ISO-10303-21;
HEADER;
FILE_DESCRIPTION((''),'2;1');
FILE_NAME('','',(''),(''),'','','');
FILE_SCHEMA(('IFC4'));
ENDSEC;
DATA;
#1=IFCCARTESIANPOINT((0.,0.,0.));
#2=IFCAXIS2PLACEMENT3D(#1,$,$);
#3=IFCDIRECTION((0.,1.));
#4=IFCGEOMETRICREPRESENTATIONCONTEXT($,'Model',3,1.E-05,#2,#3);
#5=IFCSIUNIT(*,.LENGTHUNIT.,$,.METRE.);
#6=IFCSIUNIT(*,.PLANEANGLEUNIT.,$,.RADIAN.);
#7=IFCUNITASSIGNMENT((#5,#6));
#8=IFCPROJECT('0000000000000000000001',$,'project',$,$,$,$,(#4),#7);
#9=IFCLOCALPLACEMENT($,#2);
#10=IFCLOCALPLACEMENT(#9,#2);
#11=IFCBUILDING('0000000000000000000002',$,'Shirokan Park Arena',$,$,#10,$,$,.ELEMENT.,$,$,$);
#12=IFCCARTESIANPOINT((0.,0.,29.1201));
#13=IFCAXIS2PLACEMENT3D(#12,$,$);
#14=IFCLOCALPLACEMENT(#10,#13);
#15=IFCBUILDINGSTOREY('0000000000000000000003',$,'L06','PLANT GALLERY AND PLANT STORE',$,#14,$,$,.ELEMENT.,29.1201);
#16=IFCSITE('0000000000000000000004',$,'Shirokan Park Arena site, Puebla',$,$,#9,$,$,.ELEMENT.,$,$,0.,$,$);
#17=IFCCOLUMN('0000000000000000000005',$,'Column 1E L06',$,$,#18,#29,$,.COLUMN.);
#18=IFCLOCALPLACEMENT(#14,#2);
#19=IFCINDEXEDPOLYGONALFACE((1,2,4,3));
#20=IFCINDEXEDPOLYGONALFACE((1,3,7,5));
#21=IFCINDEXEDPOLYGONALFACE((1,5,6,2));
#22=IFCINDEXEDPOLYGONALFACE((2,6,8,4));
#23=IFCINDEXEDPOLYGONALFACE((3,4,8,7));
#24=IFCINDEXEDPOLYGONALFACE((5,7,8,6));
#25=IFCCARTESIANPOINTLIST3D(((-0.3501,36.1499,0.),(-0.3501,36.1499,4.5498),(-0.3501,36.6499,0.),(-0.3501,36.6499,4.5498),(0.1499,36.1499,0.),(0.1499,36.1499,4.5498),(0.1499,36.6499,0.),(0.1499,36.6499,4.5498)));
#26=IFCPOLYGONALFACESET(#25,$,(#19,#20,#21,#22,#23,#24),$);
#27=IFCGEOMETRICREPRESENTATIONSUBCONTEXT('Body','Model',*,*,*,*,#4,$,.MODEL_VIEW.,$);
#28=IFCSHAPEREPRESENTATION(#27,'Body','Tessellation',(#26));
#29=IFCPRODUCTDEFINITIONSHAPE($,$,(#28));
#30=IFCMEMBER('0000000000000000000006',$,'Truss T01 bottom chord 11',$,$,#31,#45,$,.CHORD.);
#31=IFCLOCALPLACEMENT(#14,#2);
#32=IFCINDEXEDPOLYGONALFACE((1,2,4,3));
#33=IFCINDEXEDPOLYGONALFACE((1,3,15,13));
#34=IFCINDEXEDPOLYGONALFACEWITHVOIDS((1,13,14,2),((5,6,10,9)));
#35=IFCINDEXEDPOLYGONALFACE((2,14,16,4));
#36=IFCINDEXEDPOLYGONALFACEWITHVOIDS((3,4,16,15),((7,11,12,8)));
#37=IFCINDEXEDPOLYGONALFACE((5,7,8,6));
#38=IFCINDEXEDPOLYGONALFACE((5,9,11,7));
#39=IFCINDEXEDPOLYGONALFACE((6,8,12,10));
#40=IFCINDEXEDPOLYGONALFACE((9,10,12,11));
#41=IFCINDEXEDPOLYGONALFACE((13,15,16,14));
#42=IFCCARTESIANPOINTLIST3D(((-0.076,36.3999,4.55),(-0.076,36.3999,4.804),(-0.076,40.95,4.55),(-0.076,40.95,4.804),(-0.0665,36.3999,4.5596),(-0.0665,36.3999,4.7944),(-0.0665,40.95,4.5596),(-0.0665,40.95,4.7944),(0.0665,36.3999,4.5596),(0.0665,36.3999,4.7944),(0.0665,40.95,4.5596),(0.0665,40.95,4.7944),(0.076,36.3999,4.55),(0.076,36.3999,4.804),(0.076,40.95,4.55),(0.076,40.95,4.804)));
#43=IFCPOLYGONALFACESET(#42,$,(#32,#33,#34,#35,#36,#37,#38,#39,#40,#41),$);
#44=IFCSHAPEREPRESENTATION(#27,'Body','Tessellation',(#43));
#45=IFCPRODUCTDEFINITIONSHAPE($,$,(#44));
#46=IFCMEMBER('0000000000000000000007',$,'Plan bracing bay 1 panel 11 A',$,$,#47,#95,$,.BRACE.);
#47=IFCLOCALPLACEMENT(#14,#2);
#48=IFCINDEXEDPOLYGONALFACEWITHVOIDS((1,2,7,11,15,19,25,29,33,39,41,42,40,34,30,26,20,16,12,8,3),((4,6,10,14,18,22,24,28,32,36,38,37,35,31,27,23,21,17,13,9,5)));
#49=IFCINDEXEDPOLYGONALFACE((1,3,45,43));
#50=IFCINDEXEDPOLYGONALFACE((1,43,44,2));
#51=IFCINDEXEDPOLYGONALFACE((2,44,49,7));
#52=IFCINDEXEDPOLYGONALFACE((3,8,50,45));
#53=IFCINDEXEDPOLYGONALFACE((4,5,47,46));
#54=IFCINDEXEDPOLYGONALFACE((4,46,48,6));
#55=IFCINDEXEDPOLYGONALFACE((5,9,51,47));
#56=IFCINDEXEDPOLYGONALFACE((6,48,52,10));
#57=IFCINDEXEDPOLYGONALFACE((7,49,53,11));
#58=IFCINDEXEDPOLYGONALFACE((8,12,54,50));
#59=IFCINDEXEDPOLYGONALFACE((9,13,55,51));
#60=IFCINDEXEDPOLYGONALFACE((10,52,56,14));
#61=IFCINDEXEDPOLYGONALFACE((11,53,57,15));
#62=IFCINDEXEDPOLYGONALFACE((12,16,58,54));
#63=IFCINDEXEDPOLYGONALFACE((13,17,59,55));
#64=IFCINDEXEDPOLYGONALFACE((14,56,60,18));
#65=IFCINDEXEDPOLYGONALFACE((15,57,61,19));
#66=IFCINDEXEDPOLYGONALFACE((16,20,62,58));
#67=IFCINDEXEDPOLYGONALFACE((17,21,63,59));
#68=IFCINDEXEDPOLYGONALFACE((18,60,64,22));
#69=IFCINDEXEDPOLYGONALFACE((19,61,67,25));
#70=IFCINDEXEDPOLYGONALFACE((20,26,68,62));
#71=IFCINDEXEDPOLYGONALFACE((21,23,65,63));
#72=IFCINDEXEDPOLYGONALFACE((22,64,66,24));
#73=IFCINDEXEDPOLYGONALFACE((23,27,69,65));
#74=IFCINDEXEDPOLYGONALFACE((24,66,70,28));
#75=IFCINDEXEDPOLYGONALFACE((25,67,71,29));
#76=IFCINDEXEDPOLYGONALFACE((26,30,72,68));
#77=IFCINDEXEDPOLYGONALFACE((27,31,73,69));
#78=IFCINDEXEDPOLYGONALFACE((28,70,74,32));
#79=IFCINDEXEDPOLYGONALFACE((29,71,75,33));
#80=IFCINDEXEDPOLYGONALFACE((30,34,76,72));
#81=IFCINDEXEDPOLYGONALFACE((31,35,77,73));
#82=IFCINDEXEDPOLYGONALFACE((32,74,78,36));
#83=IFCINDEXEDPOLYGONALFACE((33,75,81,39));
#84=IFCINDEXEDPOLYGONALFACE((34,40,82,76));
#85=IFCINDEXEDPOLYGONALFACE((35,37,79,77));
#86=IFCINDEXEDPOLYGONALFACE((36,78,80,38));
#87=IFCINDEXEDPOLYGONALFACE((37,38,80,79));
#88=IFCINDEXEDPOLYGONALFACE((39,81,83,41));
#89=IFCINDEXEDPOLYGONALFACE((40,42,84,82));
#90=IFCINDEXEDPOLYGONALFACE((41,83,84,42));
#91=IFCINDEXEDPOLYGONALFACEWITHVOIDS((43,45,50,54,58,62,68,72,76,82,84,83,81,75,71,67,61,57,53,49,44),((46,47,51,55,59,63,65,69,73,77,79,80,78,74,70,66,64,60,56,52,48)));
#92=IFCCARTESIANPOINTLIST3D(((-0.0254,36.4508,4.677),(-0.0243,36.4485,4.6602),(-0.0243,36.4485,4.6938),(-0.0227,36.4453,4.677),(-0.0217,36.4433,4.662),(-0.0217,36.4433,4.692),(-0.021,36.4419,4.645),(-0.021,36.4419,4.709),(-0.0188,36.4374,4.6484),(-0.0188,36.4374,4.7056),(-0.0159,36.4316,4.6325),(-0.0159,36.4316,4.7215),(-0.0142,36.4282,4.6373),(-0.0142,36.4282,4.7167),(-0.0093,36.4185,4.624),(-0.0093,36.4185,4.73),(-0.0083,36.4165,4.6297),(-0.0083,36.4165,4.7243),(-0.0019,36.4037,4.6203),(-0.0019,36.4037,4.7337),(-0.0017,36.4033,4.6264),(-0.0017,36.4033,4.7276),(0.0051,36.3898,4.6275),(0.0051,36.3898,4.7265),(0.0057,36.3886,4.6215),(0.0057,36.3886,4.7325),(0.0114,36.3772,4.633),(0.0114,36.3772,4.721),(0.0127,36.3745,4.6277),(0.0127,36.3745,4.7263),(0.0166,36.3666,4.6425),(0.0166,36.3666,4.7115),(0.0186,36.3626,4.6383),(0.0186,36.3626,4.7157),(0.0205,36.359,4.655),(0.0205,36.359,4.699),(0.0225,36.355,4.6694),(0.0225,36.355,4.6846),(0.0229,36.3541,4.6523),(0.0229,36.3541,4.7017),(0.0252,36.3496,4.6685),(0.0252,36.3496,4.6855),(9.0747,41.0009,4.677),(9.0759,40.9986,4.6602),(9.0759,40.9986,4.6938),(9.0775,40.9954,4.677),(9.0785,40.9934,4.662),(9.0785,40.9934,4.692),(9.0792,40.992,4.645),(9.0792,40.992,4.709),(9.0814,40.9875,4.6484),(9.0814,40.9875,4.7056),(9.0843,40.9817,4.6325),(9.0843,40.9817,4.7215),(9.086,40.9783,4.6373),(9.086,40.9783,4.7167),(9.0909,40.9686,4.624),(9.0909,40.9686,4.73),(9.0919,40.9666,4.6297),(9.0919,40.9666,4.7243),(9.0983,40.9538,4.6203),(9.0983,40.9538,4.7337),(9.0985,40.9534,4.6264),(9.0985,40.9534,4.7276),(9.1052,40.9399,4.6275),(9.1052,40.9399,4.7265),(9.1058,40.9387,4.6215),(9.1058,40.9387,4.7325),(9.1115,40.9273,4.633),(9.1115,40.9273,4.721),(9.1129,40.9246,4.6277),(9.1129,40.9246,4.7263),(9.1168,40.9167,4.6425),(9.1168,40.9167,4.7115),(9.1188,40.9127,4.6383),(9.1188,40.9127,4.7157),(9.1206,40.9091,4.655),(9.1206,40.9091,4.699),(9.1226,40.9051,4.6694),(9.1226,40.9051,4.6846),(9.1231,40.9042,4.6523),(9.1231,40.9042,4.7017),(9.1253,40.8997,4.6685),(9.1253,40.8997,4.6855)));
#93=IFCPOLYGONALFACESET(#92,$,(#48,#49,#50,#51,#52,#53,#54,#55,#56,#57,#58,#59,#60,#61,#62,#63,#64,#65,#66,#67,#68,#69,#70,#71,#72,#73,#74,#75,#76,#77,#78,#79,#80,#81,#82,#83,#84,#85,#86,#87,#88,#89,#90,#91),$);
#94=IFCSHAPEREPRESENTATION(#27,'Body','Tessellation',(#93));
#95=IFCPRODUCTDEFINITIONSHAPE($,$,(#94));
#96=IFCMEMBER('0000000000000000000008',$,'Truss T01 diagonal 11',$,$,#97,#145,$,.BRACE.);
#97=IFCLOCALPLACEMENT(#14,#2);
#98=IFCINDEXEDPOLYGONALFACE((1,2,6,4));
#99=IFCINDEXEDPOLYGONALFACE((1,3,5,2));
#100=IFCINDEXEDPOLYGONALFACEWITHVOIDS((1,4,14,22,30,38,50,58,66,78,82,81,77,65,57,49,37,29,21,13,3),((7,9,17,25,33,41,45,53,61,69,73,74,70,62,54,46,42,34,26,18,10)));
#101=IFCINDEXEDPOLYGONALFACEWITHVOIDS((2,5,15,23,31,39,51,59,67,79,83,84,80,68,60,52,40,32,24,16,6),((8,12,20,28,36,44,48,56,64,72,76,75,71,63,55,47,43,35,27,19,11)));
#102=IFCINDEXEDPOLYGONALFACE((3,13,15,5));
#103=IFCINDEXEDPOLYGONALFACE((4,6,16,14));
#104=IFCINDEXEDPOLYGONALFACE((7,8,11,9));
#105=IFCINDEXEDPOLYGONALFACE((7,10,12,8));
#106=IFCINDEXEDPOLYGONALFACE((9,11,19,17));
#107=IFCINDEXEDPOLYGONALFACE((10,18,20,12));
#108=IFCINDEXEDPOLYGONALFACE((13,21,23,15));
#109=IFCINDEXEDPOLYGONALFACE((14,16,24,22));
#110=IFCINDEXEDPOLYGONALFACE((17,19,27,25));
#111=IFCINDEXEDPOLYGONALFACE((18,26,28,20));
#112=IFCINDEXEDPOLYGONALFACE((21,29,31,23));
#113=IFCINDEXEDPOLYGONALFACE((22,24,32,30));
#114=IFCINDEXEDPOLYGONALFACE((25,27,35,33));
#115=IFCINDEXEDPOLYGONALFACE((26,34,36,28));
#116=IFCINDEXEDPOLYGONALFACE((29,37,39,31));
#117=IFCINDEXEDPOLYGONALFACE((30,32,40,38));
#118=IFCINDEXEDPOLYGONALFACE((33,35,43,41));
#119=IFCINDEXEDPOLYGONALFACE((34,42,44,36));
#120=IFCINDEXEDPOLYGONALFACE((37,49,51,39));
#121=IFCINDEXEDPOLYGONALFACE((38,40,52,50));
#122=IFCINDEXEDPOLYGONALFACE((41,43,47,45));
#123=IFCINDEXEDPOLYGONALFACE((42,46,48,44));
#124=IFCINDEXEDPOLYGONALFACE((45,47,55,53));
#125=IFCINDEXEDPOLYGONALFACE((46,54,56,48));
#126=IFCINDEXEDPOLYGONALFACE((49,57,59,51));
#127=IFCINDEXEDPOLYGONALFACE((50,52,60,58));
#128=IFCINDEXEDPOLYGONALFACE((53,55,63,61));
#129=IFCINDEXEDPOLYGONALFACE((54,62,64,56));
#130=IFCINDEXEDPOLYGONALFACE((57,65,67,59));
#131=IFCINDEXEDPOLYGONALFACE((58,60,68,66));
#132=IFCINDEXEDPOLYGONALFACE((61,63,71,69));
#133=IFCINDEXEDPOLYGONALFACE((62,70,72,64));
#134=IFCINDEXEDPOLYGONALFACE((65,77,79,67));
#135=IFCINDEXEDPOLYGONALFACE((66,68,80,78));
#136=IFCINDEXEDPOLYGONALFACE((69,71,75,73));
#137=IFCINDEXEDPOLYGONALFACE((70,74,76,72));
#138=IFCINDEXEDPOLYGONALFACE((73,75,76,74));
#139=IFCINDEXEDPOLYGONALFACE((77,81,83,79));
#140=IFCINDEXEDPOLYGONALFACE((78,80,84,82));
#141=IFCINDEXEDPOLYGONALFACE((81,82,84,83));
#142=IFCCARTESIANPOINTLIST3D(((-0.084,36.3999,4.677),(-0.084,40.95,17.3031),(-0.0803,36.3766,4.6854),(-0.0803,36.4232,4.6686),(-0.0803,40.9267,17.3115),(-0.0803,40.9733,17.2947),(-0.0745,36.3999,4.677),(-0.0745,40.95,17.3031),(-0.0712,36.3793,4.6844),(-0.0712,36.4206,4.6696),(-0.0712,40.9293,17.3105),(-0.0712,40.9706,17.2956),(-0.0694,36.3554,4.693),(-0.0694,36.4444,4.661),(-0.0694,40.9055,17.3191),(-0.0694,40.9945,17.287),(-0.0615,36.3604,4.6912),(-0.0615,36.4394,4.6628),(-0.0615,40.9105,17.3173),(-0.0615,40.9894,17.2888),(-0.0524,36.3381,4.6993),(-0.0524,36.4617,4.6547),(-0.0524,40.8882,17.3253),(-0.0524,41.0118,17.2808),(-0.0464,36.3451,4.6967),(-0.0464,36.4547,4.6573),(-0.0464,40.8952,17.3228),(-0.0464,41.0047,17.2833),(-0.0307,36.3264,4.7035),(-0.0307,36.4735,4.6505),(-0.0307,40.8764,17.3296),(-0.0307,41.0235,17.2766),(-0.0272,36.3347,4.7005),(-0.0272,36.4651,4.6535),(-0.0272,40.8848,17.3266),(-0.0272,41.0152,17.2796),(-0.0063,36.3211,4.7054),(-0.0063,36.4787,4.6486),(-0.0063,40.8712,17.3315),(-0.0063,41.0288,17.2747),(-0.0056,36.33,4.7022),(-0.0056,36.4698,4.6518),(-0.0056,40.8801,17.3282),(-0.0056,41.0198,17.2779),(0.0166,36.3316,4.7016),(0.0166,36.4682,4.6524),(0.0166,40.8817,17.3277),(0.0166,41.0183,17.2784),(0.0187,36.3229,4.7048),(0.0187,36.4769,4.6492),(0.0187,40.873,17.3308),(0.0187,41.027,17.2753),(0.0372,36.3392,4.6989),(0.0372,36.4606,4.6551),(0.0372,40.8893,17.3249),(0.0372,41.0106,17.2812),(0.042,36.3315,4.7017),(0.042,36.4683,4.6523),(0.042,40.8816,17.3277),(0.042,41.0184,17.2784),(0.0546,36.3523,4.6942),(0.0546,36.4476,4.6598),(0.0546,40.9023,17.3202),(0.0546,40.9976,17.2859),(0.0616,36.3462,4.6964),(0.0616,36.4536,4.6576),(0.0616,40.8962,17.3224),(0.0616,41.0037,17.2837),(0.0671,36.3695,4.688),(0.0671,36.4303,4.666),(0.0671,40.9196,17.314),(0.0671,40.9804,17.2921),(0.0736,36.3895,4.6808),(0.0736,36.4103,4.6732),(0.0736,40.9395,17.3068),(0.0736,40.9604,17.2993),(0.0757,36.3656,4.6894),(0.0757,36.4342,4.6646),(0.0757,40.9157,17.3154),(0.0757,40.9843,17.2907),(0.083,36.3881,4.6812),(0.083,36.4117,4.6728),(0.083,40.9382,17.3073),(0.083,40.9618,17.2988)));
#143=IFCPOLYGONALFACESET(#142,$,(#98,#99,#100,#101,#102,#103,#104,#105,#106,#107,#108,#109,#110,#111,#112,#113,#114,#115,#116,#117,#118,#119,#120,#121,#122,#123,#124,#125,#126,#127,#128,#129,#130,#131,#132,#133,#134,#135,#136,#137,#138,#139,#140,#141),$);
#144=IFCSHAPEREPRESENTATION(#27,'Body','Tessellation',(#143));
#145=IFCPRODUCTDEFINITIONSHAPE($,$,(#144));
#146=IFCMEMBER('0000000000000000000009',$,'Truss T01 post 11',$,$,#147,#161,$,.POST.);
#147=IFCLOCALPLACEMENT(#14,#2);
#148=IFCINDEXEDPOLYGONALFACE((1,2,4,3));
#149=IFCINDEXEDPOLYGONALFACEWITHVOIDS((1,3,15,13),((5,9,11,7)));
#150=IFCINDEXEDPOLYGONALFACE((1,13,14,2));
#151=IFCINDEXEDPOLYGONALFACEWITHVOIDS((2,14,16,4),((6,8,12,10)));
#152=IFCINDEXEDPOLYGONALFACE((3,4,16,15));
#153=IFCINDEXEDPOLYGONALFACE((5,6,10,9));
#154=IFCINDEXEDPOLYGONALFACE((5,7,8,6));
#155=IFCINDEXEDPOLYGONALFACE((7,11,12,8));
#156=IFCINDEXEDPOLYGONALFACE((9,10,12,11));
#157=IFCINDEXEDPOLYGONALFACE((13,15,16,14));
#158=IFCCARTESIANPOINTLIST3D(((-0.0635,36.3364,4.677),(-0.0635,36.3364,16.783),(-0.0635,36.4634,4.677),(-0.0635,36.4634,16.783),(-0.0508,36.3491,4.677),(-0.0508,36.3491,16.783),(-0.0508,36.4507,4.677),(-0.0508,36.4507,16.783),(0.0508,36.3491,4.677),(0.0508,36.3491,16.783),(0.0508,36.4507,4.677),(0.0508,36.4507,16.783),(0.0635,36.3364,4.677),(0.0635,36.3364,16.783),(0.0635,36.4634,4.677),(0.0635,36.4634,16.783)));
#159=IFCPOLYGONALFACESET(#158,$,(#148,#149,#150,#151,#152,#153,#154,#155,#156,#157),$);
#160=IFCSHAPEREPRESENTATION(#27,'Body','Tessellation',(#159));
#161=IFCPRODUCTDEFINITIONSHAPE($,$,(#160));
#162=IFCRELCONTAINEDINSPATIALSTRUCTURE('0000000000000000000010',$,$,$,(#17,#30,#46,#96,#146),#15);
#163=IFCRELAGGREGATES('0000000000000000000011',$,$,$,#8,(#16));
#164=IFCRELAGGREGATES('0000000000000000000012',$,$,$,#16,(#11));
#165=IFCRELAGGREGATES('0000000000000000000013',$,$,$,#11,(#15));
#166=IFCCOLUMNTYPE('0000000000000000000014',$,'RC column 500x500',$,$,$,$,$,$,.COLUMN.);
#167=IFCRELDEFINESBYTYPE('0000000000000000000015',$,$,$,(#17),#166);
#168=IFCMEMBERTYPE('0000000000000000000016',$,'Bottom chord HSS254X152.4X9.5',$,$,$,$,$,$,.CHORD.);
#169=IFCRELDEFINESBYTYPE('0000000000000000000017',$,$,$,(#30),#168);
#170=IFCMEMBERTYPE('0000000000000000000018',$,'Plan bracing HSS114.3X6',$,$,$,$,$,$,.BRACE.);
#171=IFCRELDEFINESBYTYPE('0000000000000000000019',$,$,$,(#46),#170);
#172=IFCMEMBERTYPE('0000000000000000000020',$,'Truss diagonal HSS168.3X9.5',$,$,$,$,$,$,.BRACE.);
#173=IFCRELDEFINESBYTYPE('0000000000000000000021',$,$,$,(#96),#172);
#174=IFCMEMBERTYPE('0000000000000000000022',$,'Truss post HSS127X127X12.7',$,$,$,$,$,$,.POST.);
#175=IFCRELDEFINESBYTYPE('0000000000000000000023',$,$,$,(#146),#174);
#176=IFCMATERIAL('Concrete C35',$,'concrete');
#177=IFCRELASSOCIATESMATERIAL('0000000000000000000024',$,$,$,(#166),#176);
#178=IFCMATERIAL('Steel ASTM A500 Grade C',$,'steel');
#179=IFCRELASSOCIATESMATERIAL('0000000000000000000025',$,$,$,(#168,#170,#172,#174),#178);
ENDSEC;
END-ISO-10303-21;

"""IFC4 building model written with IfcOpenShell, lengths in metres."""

from ifc_helpers import new_model, si_unit, direction, frame, origin, origin_2d, place, context, subcontext, project, spatial, rectangle, hollow_rectangle, hollow_circle, extrude, material, material_profile, profile_set, type_object, element, save


model = new_model("IFC4")

# Units and contexts
model_context = context("Model", 3, precision=1e-05, world=origin(), true_north=direction((0.0, 1.0)))
body_context = subcontext(model_context, "Body", "Model", "MODEL_VIEW")
ifc_project = project(units=[si_unit("LENGTHUNIT", "METRE"), si_unit("PLANEANGLEUNIT", "RADIAN")], contexts=[model_context])

# Site, building, storey
site_placement = place(None, origin())
site = spatial("IfcSite", under=ifc_project, at=site_placement, Name="Shirokan Park Arena site, Puebla", CompositionType="ELEMENT", RefElevation=0.0)
building_placement = place(site_placement, origin())
building = spatial("IfcBuilding", under=site, at=building_placement, Name="Shirokan Park Arena", CompositionType="ELEMENT")
storey_placement = place(building_placement, frame((0.0, 0.0, 29.1201)))
storey = spatial("IfcBuildingStorey", under=building, at=storey_placement, Name="L06", Description="PLANT GALLERY AND PLANT STORE", CompositionType="ELEMENT", Elevation=29.1201)

# Column
ifc_material_1 = material(Name="Concrete C35", Category="concrete")
ifc_material_profile_1 = material_profile(ifc_material_1, rectangle(XDim=0.5, YDim=0.5, at=origin_2d()), Name="500x500")
ifc_profile_set_1 = profile_set([ifc_material_profile_1], Name="Concrete C35")
column_type = type_object("IfcColumnType", Name="RC column 500x500", PredefinedType="COLUMN", material=ifc_profile_set_1)
column_placement = place(storey_placement, frame((-0.1001, 36.3999, 0.0), z_axis=(0.0, 0.0, 1.0), x_axis=(1.0, 0.0, 0.0)))
element("IfcColumn", 1, at=column_placement, inside=storey, type_object=column_type, Name="Column 1E L06", PredefinedType="COLUMN", context=body_context, shape_type="SweptSolid", body=[
    extrude(rectangle(XDim=0.5, YDim=0.5, at=origin_2d()), origin(), (0.0, 0.0, 1.0), 4.5498),
])

# Members
ifc_material_2 = material(Name="Steel ASTM A500 Grade C", Category="steel")
ifc_material_profile_2 = material_profile(ifc_material_2, hollow_rectangle(XDim=0.1521, YDim=0.2539, WallThickness=0.0095, at=origin_2d()), Name="HSS254X152.4X9.5")
ifc_profile_set_2 = profile_set([ifc_material_profile_2], Name="Steel ASTM A500 Grade C")
member_type_1 = type_object("IfcMemberType", Name="Bottom chord HSS254X152.4X9.5", PredefinedType="CHORD", material=ifc_profile_set_2)
member_1_placement = place(storey_placement, frame((0.0, 36.3999, 4.677), z_axis=(0.0, 1.0, 0.0), x_axis=(-1.0, 0.0, 0.0)))
element("IfcMember", 2, at=member_1_placement, inside=storey, type_object=member_type_1, Name="Truss T01 bottom chord 11", PredefinedType="CHORD", context=body_context, shape_type="SweptSolid", body=[
    extrude(hollow_rectangle(XDim=0.1521, YDim=0.2539, WallThickness=0.0095, at=origin_2d()), origin(), (0.0, 0.0, 1.0), 4.55),
])
ifc_material_profile_3 = material_profile(ifc_material_2, hollow_circle(Radius=0.0569, WallThickness=0.0061, at=origin_2d()), Name="HSS114.3X6")
ifc_profile_set_3 = profile_set([ifc_material_profile_3], Name="Steel ASTM A500 Grade C")
member_type_2 = type_object("IfcMemberType", Name="Plan bracing HSS114.3X6", PredefinedType="BRACE", material=ifc_profile_set_3)
member_2_placement = place(storey_placement, frame((0.0, 36.3999, 4.677), z_axis=(0.894427, 0.447214, 0.0), x_axis=(-0.447214, 0.894427, 0.0)))
element("IfcMember", 3, at=member_2_placement, inside=storey, type_object=member_type_2, Name="Plan bracing bay 1 panel 11 A", PredefinedType="BRACE", context=body_context, shape_type="SweptSolid", body=[
    extrude(hollow_circle(Radius=0.0569, WallThickness=0.0061, at=origin_2d()), origin(), (0.0, 0.0, 1.0), 10.1743),
])
ifc_material_profile_4 = material_profile(ifc_material_2, hollow_circle(Radius=0.084, WallThickness=0.0095, at=origin_2d()), Name="HSS168.3X9.5")
ifc_profile_set_4 = profile_set([ifc_material_profile_4], Name="Steel ASTM A500 Grade C")
member_type_3 = type_object("IfcMemberType", Name="Truss diagonal HSS168.3X9.5", PredefinedType="BRACE", material=ifc_profile_set_4)
member_3_placement = place(storey_placement, frame((0.0, 36.3999, 4.677), z_axis=(0.0, 0.339029, 0.940776), x_axis=(-1.0, 0.0, 0.0)))
element("IfcMember", 4, at=member_3_placement, inside=storey, type_object=member_type_3, Name="Truss T01 diagonal 11", PredefinedType="BRACE", context=body_context, shape_type="SweptSolid", body=[
    extrude(hollow_circle(Radius=0.084, WallThickness=0.0095, at=origin_2d()), origin(), (0.0, 0.0, 1.0), 13.4209),
])
ifc_material_profile_5 = material_profile(ifc_material_2, hollow_rectangle(XDim=0.127, YDim=0.127, WallThickness=0.0127, at=origin_2d()), Name="HSS127X127X12.7")
ifc_profile_set_5 = profile_set([ifc_material_profile_5], Name="Steel ASTM A500 Grade C")
member_type_4 = type_object("IfcMemberType", Name="Truss post HSS127X127X12.7", PredefinedType="POST", material=ifc_profile_set_5)
member_4_placement = place(storey_placement, frame((0.0, 36.3999, 4.677), z_axis=(0.0, 0.0, 1.0), x_axis=(1.0, 0.0, 0.0)))
element("IfcMember", 5, at=member_4_placement, inside=storey, type_object=member_type_4, Name="Truss T01 post 11", PredefinedType="POST", context=body_context, shape_type="SweptSolid", body=[
    extrude(hollow_rectangle(XDim=0.127, YDim=0.127, WallThickness=0.0127, at=origin_2d()), origin(), (0.0, 0.0, 1.0), 12.106),
])

save(model, "model.ifc")
